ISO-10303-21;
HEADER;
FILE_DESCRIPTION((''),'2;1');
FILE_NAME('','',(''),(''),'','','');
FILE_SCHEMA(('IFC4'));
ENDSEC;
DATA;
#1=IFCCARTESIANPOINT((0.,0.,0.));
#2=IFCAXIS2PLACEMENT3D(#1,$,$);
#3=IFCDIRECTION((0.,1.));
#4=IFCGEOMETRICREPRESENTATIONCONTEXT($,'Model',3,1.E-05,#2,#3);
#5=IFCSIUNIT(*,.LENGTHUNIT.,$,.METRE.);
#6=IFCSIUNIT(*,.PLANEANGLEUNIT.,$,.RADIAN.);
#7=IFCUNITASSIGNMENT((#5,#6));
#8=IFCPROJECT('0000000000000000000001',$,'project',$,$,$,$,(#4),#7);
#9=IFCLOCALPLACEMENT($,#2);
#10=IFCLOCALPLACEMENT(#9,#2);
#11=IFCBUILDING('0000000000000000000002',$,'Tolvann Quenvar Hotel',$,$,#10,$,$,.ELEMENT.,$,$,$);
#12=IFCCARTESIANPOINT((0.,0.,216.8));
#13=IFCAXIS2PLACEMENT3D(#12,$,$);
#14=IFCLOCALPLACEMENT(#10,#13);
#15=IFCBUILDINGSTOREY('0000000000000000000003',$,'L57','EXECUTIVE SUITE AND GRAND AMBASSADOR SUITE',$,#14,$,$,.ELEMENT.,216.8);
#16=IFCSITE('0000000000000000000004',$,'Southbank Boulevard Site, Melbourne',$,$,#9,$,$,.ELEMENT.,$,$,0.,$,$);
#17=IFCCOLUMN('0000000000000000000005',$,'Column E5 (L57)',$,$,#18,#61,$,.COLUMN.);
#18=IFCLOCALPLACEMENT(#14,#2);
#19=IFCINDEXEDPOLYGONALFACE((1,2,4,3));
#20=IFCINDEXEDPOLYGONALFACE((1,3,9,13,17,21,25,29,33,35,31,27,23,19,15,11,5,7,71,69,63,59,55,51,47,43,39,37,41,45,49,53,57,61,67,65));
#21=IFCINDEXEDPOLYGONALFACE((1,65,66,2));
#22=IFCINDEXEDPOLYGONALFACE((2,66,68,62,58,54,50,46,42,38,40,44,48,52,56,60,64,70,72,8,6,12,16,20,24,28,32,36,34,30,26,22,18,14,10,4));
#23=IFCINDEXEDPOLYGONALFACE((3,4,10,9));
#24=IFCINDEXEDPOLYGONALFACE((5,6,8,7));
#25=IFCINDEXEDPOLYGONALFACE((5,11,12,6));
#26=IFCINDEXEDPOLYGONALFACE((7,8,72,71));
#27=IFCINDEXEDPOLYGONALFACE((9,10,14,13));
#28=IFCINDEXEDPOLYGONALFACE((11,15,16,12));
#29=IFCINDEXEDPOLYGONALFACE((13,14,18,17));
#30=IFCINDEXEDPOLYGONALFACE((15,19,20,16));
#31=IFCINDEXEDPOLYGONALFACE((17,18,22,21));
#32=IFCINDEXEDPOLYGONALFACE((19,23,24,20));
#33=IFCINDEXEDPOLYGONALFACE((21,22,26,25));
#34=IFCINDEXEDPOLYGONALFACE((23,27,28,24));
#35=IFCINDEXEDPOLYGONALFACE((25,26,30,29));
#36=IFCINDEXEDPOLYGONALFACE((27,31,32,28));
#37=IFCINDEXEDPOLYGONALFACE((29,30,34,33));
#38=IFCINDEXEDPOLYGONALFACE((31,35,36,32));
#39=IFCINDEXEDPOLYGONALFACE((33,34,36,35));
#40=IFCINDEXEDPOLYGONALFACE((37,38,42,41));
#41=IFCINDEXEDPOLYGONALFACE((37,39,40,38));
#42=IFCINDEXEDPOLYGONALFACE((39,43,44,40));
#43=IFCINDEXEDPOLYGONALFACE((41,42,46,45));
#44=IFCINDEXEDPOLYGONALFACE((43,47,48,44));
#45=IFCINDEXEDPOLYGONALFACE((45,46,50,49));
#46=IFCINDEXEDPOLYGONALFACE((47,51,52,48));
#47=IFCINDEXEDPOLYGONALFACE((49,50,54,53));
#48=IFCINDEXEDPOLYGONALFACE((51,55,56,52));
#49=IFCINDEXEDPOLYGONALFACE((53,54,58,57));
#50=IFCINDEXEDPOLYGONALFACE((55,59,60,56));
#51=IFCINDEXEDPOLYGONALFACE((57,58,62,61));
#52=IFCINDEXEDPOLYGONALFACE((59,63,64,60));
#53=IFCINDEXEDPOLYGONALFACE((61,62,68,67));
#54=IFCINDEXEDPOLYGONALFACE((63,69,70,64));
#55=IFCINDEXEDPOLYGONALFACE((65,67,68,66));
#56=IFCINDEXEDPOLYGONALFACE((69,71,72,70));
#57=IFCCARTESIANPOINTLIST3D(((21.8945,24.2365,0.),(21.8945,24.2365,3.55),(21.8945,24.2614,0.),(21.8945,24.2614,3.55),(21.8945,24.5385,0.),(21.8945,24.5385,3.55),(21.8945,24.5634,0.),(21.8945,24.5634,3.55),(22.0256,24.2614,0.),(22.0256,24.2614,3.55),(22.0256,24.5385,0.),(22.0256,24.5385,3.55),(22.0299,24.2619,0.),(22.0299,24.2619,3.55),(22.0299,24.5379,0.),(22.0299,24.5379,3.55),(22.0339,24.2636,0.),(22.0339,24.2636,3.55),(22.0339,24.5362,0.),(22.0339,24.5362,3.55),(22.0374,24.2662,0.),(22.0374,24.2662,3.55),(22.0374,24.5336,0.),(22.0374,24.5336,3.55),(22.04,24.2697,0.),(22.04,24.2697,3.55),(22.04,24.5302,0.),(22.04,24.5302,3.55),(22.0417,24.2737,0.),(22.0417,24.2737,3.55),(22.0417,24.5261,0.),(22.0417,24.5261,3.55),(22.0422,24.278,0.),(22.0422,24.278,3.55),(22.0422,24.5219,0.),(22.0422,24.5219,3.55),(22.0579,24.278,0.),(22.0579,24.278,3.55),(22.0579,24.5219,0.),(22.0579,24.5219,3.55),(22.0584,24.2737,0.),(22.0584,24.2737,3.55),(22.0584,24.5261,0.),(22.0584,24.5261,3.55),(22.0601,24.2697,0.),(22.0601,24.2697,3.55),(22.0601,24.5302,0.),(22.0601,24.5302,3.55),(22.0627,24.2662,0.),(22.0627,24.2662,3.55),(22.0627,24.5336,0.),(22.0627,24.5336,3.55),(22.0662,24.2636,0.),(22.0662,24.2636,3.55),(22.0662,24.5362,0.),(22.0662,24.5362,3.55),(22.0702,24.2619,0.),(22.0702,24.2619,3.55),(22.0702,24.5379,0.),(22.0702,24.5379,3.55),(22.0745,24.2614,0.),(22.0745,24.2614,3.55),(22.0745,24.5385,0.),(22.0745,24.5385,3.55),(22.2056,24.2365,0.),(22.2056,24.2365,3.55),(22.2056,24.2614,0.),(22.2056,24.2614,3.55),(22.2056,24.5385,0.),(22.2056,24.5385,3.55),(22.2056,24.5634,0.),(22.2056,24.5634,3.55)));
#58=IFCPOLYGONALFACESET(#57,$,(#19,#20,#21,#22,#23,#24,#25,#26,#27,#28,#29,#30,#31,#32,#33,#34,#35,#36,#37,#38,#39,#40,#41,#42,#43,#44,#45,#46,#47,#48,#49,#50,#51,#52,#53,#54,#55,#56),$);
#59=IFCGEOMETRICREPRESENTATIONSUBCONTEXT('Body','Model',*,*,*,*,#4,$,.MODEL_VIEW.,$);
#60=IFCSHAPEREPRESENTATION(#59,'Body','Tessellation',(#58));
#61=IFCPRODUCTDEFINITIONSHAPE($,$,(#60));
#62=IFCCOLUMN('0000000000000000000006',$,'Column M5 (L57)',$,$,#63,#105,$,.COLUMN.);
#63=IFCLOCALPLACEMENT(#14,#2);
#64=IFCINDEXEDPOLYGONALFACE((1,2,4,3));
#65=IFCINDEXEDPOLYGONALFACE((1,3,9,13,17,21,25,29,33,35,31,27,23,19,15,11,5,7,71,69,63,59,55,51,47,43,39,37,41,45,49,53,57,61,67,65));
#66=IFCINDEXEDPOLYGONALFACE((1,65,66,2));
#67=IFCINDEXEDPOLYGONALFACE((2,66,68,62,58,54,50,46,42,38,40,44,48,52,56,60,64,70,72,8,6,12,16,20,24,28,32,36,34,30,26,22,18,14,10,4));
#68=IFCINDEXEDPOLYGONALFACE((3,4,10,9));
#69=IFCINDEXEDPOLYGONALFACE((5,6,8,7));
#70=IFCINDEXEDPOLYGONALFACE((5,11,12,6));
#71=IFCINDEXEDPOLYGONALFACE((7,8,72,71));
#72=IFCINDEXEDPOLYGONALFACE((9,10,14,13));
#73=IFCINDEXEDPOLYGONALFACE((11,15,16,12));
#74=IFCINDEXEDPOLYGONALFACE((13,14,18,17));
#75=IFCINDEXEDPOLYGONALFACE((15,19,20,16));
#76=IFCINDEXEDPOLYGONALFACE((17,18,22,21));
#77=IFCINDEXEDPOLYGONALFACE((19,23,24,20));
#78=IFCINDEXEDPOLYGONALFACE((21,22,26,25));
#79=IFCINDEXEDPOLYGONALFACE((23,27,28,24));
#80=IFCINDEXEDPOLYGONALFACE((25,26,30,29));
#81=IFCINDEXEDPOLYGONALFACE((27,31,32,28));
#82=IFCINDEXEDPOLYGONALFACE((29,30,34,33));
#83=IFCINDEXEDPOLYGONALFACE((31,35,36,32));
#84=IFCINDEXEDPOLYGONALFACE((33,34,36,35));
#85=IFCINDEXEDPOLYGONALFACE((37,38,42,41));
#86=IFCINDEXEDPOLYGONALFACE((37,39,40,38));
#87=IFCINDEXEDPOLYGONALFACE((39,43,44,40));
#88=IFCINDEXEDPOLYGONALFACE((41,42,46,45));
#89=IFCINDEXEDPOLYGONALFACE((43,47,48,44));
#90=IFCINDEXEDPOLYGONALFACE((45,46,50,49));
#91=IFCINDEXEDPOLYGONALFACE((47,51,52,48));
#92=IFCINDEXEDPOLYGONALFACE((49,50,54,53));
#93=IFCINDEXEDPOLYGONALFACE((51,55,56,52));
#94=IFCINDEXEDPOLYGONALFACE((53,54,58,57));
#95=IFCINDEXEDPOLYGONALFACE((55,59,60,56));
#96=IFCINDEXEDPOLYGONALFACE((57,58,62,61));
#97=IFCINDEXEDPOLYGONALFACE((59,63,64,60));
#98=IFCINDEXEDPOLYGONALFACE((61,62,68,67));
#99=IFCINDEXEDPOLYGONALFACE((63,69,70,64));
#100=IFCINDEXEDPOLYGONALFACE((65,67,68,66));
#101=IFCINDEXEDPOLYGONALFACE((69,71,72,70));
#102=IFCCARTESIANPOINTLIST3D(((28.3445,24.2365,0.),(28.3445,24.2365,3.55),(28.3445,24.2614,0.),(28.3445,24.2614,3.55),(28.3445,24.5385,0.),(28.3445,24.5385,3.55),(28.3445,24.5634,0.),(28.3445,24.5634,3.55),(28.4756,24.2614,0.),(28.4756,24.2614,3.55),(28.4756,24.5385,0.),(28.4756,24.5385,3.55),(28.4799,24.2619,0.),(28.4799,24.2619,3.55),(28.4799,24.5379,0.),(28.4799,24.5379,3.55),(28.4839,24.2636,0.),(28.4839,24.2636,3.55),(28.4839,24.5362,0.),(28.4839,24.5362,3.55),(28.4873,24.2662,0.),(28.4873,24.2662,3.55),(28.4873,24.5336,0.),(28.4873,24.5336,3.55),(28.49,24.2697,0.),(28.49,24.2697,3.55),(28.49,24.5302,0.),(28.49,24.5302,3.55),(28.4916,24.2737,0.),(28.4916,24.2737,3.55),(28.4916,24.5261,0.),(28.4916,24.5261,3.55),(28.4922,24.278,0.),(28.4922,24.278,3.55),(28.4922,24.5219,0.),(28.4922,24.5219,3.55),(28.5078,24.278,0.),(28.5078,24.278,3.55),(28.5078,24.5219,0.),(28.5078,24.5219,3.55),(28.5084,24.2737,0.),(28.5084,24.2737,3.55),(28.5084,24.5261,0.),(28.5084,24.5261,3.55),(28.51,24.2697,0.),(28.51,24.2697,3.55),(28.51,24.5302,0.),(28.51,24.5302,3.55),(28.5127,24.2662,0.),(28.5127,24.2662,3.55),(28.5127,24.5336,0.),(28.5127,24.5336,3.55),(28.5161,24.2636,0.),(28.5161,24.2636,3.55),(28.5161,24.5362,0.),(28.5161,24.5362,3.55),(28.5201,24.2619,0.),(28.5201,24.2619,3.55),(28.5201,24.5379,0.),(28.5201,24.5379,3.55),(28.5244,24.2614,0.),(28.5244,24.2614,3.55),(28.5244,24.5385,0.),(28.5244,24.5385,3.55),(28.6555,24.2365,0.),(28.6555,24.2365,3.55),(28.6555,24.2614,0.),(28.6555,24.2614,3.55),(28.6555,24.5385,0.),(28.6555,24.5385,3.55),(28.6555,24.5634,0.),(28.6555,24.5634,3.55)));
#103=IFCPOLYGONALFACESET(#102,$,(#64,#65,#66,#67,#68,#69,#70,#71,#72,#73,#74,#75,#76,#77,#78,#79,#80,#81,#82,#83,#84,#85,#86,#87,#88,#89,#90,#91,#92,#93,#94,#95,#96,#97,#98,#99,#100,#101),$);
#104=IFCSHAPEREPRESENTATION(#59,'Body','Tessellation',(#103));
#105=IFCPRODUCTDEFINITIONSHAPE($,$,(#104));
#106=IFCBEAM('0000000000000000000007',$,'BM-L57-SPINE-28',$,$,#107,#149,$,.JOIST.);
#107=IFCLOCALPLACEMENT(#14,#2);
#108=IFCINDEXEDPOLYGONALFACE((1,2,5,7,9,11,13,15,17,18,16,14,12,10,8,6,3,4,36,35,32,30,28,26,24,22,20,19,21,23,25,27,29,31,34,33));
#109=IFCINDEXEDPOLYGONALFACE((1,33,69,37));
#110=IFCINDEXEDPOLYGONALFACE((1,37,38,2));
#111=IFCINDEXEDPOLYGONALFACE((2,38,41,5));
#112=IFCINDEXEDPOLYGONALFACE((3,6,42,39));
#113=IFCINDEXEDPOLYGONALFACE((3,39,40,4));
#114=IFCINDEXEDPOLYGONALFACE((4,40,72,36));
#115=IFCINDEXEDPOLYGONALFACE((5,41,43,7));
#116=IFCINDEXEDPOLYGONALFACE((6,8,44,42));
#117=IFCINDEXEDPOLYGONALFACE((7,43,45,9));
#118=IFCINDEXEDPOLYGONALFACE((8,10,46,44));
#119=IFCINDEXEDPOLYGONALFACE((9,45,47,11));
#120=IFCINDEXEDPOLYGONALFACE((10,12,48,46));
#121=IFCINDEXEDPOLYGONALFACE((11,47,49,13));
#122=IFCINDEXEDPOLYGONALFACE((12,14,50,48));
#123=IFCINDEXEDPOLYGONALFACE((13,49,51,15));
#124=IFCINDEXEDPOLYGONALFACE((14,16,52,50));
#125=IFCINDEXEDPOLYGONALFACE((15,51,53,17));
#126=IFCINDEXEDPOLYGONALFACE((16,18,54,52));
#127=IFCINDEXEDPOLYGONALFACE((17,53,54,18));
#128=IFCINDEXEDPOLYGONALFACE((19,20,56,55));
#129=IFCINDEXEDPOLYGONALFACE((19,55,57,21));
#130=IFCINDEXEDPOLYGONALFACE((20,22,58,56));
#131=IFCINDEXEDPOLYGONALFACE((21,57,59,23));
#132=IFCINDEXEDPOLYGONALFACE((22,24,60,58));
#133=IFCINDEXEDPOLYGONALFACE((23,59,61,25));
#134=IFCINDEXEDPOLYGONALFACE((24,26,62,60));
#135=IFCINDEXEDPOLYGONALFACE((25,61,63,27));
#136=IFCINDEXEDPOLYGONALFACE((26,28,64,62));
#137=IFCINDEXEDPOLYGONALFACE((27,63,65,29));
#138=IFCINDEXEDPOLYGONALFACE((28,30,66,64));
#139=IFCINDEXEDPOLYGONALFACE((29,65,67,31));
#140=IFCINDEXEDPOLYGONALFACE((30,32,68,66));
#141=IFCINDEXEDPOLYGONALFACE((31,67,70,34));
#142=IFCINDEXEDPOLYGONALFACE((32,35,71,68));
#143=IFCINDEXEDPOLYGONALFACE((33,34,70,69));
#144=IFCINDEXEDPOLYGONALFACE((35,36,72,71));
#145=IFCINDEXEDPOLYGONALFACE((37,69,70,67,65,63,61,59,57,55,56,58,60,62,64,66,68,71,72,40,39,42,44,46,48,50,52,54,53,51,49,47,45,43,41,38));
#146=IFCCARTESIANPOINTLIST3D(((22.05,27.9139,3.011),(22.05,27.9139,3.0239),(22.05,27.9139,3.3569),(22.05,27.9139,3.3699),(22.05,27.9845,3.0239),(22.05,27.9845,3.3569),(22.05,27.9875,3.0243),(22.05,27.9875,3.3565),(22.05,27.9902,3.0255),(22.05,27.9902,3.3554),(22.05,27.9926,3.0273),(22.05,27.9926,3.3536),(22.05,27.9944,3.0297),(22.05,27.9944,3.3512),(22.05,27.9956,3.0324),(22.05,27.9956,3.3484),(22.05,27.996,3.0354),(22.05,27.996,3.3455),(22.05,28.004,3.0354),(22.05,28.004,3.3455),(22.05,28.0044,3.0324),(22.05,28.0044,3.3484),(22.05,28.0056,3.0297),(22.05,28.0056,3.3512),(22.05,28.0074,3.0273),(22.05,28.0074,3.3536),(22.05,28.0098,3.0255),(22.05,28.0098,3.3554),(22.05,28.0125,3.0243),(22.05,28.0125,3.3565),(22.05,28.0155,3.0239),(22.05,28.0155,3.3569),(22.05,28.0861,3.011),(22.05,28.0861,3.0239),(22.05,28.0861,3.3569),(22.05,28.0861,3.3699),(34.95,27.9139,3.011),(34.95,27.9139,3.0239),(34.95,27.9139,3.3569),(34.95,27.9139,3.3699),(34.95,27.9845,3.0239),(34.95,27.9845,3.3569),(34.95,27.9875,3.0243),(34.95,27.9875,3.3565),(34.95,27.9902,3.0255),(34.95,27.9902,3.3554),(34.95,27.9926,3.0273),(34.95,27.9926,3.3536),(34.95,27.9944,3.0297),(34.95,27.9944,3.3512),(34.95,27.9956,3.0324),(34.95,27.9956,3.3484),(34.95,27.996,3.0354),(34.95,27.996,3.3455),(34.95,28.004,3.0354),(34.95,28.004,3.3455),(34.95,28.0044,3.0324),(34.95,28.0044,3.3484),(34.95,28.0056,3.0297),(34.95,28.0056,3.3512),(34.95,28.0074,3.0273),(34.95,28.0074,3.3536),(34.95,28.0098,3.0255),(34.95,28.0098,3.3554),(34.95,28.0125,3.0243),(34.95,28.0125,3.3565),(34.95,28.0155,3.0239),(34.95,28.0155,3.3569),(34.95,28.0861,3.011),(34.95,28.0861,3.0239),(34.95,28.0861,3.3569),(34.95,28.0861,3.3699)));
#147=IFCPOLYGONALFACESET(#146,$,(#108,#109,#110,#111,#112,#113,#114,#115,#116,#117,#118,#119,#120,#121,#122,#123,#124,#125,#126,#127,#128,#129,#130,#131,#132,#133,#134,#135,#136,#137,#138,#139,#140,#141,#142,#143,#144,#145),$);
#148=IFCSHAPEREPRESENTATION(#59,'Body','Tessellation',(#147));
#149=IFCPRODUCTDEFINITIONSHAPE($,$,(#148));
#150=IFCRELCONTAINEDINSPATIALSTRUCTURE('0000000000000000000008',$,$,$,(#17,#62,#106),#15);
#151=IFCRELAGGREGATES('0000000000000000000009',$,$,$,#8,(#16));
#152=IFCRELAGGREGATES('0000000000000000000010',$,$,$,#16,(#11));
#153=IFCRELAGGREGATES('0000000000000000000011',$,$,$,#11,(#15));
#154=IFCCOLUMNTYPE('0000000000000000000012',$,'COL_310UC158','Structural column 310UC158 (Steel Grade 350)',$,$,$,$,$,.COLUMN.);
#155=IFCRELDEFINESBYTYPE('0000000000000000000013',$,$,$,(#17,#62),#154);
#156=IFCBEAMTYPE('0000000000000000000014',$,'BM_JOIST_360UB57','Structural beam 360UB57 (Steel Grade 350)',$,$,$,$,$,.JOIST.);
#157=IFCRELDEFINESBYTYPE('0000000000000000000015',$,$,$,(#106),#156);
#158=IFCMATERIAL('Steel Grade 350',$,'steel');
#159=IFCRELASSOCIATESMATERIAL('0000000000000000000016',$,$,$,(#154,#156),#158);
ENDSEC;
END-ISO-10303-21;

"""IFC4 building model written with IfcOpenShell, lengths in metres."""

from ifc_helpers import new_model, si_unit, direction, frame, origin, origin_2d, place, context, subcontext, project, spatial, i_section, extrude, source, transform, mapped, material, material_profile, profile_set, type_object, type_shapes, element, save


model = new_model("IFC4")

# Units and contexts
model_context = context("Model", 3, precision=1e-05, world=origin(), true_north=direction((0.0, 1.0)))
body_context = subcontext(model_context, "Body", "Model", "MODEL_VIEW")
ifc_project = project(units=[si_unit("LENGTHUNIT", "METRE"), si_unit("PLANEANGLEUNIT", "RADIAN")], contexts=[model_context])

# Site, building, storey
site_placement = place(None, origin())
site = spatial("IfcSite", under=ifc_project, at=site_placement, Name="Southbank Boulevard Site, Melbourne", CompositionType="ELEMENT", RefElevation=0.0)
building_placement = place(site_placement, origin())
building = spatial("IfcBuilding", under=site, at=building_placement, Name="Tolvann Quenvar Hotel", CompositionType="ELEMENT")
storey_placement = place(building_placement, frame((0.0, 0.0, 216.8)))
storey = spatial("IfcBuildingStorey", under=building, at=storey_placement, Name="L57", Description="EXECUTIVE SUITE AND GRAND AMBASSADOR SUITE", CompositionType="ELEMENT", Elevation=216.8)

# Columns
ifc_material_1 = material(Name="Steel Grade 350", Category="steel")
ifc_material_profile_1 = material_profile(ifc_material_1, i_section(OverallWidth=0.311, OverallDepth=0.3269, WebThickness=0.0156, FlangeThickness=0.0249, FilletRadius=0.0166, at=origin_2d()), Name="310UC158")
ifc_profile_set_1 = profile_set([ifc_material_profile_1], Name="Steel Grade 350")
column_type = type_object("IfcColumnType", Name="COL_310UC158", Description="Structural column 310UC158 (Steel Grade 350)", PredefinedType="COLUMN", material=ifc_profile_set_1)
shared_shape_1 = source(origin(), body_context, "Body", "SweptSolid", [
    extrude(i_section(OverallWidth=0.311, OverallDepth=0.3269, WebThickness=0.0156, FlangeThickness=0.0249, FilletRadius=0.0166, at=origin_2d()), origin(), (0.0, 0.0, 1.0), 3.55),
])
type_shapes(column_type, [shared_shape_1])
for number, where, z_axis, x_axis, name in (
    (1, (22.05, 24.3999, 0.0), (0.0, 0.0, 1.0), (1.0, 0.0, 0.0), "Column E5 (L57)"),
    (2, (28.5, 24.3999, 0.0), (0.0, 0.0, 1.0), (1.0, 0.0, 0.0), "Column M5 (L57)"),
):
    element("IfcColumn", number, at=place(storey_placement, frame(where, z_axis=z_axis, x_axis=x_axis)), inside=storey, type_object=column_type, Name=name, PredefinedType="COLUMN", context=body_context, shape_type="MappedRepresentation", body=[
        mapped(shared_shape_1, transform((0.0, 0.0, 0.0), x_axis=(1.0, 0.0, 0.0), y_axis=(0.0, 1.0, 0.0), z_axis=(0.0, 0.0, 1.0), scale=1.0)),
    ])

# Beam
ifc_material_profile_2 = material_profile(ifc_material_1, i_section(OverallWidth=0.1721, OverallDepth=0.3589, WebThickness=0.0081, FlangeThickness=0.0129, FilletRadius=0.0115, at=origin_2d()), Name="360UB57")
ifc_profile_set_2 = profile_set([ifc_material_profile_2], Name="Steel Grade 350")
beam_type_1 = type_object("IfcBeamType", Name="BM_JOIST_360UB57", Description="Structural beam 360UB57 (Steel Grade 350)", PredefinedType="JOIST", material=ifc_profile_set_2)
shared_shape_2 = source(origin(), body_context, "Body", "SweptSolid", [
    extrude(i_section(OverallWidth=0.1721, OverallDepth=0.3589, WebThickness=0.0081, FlangeThickness=0.0129, FilletRadius=0.0115, at=origin_2d()), origin(), (0.0, 0.0, 1.0), 12.8999),
])
beam_1_placement = place(storey_placement, frame((22.05, 28.0, 3.1904), z_axis=(1.0, 0.0, 0.0), x_axis=(0.0, 1.0, 0.0)))
element("IfcBeam", 3, at=beam_1_placement, inside=storey, type_object=beam_type_1, Name="BM-L57-SPINE-28", PredefinedType="JOIST", context=body_context, shape_type="MappedRepresentation", body=[
    mapped(shared_shape_2, transform((0.0, 0.0, 0.0), x_axis=(1.0, 0.0, 0.0), y_axis=(0.0, 1.0, 0.0), z_axis=(0.0, 0.0, 1.0), scale=1.0)),
])

save(model, "model.ifc")
